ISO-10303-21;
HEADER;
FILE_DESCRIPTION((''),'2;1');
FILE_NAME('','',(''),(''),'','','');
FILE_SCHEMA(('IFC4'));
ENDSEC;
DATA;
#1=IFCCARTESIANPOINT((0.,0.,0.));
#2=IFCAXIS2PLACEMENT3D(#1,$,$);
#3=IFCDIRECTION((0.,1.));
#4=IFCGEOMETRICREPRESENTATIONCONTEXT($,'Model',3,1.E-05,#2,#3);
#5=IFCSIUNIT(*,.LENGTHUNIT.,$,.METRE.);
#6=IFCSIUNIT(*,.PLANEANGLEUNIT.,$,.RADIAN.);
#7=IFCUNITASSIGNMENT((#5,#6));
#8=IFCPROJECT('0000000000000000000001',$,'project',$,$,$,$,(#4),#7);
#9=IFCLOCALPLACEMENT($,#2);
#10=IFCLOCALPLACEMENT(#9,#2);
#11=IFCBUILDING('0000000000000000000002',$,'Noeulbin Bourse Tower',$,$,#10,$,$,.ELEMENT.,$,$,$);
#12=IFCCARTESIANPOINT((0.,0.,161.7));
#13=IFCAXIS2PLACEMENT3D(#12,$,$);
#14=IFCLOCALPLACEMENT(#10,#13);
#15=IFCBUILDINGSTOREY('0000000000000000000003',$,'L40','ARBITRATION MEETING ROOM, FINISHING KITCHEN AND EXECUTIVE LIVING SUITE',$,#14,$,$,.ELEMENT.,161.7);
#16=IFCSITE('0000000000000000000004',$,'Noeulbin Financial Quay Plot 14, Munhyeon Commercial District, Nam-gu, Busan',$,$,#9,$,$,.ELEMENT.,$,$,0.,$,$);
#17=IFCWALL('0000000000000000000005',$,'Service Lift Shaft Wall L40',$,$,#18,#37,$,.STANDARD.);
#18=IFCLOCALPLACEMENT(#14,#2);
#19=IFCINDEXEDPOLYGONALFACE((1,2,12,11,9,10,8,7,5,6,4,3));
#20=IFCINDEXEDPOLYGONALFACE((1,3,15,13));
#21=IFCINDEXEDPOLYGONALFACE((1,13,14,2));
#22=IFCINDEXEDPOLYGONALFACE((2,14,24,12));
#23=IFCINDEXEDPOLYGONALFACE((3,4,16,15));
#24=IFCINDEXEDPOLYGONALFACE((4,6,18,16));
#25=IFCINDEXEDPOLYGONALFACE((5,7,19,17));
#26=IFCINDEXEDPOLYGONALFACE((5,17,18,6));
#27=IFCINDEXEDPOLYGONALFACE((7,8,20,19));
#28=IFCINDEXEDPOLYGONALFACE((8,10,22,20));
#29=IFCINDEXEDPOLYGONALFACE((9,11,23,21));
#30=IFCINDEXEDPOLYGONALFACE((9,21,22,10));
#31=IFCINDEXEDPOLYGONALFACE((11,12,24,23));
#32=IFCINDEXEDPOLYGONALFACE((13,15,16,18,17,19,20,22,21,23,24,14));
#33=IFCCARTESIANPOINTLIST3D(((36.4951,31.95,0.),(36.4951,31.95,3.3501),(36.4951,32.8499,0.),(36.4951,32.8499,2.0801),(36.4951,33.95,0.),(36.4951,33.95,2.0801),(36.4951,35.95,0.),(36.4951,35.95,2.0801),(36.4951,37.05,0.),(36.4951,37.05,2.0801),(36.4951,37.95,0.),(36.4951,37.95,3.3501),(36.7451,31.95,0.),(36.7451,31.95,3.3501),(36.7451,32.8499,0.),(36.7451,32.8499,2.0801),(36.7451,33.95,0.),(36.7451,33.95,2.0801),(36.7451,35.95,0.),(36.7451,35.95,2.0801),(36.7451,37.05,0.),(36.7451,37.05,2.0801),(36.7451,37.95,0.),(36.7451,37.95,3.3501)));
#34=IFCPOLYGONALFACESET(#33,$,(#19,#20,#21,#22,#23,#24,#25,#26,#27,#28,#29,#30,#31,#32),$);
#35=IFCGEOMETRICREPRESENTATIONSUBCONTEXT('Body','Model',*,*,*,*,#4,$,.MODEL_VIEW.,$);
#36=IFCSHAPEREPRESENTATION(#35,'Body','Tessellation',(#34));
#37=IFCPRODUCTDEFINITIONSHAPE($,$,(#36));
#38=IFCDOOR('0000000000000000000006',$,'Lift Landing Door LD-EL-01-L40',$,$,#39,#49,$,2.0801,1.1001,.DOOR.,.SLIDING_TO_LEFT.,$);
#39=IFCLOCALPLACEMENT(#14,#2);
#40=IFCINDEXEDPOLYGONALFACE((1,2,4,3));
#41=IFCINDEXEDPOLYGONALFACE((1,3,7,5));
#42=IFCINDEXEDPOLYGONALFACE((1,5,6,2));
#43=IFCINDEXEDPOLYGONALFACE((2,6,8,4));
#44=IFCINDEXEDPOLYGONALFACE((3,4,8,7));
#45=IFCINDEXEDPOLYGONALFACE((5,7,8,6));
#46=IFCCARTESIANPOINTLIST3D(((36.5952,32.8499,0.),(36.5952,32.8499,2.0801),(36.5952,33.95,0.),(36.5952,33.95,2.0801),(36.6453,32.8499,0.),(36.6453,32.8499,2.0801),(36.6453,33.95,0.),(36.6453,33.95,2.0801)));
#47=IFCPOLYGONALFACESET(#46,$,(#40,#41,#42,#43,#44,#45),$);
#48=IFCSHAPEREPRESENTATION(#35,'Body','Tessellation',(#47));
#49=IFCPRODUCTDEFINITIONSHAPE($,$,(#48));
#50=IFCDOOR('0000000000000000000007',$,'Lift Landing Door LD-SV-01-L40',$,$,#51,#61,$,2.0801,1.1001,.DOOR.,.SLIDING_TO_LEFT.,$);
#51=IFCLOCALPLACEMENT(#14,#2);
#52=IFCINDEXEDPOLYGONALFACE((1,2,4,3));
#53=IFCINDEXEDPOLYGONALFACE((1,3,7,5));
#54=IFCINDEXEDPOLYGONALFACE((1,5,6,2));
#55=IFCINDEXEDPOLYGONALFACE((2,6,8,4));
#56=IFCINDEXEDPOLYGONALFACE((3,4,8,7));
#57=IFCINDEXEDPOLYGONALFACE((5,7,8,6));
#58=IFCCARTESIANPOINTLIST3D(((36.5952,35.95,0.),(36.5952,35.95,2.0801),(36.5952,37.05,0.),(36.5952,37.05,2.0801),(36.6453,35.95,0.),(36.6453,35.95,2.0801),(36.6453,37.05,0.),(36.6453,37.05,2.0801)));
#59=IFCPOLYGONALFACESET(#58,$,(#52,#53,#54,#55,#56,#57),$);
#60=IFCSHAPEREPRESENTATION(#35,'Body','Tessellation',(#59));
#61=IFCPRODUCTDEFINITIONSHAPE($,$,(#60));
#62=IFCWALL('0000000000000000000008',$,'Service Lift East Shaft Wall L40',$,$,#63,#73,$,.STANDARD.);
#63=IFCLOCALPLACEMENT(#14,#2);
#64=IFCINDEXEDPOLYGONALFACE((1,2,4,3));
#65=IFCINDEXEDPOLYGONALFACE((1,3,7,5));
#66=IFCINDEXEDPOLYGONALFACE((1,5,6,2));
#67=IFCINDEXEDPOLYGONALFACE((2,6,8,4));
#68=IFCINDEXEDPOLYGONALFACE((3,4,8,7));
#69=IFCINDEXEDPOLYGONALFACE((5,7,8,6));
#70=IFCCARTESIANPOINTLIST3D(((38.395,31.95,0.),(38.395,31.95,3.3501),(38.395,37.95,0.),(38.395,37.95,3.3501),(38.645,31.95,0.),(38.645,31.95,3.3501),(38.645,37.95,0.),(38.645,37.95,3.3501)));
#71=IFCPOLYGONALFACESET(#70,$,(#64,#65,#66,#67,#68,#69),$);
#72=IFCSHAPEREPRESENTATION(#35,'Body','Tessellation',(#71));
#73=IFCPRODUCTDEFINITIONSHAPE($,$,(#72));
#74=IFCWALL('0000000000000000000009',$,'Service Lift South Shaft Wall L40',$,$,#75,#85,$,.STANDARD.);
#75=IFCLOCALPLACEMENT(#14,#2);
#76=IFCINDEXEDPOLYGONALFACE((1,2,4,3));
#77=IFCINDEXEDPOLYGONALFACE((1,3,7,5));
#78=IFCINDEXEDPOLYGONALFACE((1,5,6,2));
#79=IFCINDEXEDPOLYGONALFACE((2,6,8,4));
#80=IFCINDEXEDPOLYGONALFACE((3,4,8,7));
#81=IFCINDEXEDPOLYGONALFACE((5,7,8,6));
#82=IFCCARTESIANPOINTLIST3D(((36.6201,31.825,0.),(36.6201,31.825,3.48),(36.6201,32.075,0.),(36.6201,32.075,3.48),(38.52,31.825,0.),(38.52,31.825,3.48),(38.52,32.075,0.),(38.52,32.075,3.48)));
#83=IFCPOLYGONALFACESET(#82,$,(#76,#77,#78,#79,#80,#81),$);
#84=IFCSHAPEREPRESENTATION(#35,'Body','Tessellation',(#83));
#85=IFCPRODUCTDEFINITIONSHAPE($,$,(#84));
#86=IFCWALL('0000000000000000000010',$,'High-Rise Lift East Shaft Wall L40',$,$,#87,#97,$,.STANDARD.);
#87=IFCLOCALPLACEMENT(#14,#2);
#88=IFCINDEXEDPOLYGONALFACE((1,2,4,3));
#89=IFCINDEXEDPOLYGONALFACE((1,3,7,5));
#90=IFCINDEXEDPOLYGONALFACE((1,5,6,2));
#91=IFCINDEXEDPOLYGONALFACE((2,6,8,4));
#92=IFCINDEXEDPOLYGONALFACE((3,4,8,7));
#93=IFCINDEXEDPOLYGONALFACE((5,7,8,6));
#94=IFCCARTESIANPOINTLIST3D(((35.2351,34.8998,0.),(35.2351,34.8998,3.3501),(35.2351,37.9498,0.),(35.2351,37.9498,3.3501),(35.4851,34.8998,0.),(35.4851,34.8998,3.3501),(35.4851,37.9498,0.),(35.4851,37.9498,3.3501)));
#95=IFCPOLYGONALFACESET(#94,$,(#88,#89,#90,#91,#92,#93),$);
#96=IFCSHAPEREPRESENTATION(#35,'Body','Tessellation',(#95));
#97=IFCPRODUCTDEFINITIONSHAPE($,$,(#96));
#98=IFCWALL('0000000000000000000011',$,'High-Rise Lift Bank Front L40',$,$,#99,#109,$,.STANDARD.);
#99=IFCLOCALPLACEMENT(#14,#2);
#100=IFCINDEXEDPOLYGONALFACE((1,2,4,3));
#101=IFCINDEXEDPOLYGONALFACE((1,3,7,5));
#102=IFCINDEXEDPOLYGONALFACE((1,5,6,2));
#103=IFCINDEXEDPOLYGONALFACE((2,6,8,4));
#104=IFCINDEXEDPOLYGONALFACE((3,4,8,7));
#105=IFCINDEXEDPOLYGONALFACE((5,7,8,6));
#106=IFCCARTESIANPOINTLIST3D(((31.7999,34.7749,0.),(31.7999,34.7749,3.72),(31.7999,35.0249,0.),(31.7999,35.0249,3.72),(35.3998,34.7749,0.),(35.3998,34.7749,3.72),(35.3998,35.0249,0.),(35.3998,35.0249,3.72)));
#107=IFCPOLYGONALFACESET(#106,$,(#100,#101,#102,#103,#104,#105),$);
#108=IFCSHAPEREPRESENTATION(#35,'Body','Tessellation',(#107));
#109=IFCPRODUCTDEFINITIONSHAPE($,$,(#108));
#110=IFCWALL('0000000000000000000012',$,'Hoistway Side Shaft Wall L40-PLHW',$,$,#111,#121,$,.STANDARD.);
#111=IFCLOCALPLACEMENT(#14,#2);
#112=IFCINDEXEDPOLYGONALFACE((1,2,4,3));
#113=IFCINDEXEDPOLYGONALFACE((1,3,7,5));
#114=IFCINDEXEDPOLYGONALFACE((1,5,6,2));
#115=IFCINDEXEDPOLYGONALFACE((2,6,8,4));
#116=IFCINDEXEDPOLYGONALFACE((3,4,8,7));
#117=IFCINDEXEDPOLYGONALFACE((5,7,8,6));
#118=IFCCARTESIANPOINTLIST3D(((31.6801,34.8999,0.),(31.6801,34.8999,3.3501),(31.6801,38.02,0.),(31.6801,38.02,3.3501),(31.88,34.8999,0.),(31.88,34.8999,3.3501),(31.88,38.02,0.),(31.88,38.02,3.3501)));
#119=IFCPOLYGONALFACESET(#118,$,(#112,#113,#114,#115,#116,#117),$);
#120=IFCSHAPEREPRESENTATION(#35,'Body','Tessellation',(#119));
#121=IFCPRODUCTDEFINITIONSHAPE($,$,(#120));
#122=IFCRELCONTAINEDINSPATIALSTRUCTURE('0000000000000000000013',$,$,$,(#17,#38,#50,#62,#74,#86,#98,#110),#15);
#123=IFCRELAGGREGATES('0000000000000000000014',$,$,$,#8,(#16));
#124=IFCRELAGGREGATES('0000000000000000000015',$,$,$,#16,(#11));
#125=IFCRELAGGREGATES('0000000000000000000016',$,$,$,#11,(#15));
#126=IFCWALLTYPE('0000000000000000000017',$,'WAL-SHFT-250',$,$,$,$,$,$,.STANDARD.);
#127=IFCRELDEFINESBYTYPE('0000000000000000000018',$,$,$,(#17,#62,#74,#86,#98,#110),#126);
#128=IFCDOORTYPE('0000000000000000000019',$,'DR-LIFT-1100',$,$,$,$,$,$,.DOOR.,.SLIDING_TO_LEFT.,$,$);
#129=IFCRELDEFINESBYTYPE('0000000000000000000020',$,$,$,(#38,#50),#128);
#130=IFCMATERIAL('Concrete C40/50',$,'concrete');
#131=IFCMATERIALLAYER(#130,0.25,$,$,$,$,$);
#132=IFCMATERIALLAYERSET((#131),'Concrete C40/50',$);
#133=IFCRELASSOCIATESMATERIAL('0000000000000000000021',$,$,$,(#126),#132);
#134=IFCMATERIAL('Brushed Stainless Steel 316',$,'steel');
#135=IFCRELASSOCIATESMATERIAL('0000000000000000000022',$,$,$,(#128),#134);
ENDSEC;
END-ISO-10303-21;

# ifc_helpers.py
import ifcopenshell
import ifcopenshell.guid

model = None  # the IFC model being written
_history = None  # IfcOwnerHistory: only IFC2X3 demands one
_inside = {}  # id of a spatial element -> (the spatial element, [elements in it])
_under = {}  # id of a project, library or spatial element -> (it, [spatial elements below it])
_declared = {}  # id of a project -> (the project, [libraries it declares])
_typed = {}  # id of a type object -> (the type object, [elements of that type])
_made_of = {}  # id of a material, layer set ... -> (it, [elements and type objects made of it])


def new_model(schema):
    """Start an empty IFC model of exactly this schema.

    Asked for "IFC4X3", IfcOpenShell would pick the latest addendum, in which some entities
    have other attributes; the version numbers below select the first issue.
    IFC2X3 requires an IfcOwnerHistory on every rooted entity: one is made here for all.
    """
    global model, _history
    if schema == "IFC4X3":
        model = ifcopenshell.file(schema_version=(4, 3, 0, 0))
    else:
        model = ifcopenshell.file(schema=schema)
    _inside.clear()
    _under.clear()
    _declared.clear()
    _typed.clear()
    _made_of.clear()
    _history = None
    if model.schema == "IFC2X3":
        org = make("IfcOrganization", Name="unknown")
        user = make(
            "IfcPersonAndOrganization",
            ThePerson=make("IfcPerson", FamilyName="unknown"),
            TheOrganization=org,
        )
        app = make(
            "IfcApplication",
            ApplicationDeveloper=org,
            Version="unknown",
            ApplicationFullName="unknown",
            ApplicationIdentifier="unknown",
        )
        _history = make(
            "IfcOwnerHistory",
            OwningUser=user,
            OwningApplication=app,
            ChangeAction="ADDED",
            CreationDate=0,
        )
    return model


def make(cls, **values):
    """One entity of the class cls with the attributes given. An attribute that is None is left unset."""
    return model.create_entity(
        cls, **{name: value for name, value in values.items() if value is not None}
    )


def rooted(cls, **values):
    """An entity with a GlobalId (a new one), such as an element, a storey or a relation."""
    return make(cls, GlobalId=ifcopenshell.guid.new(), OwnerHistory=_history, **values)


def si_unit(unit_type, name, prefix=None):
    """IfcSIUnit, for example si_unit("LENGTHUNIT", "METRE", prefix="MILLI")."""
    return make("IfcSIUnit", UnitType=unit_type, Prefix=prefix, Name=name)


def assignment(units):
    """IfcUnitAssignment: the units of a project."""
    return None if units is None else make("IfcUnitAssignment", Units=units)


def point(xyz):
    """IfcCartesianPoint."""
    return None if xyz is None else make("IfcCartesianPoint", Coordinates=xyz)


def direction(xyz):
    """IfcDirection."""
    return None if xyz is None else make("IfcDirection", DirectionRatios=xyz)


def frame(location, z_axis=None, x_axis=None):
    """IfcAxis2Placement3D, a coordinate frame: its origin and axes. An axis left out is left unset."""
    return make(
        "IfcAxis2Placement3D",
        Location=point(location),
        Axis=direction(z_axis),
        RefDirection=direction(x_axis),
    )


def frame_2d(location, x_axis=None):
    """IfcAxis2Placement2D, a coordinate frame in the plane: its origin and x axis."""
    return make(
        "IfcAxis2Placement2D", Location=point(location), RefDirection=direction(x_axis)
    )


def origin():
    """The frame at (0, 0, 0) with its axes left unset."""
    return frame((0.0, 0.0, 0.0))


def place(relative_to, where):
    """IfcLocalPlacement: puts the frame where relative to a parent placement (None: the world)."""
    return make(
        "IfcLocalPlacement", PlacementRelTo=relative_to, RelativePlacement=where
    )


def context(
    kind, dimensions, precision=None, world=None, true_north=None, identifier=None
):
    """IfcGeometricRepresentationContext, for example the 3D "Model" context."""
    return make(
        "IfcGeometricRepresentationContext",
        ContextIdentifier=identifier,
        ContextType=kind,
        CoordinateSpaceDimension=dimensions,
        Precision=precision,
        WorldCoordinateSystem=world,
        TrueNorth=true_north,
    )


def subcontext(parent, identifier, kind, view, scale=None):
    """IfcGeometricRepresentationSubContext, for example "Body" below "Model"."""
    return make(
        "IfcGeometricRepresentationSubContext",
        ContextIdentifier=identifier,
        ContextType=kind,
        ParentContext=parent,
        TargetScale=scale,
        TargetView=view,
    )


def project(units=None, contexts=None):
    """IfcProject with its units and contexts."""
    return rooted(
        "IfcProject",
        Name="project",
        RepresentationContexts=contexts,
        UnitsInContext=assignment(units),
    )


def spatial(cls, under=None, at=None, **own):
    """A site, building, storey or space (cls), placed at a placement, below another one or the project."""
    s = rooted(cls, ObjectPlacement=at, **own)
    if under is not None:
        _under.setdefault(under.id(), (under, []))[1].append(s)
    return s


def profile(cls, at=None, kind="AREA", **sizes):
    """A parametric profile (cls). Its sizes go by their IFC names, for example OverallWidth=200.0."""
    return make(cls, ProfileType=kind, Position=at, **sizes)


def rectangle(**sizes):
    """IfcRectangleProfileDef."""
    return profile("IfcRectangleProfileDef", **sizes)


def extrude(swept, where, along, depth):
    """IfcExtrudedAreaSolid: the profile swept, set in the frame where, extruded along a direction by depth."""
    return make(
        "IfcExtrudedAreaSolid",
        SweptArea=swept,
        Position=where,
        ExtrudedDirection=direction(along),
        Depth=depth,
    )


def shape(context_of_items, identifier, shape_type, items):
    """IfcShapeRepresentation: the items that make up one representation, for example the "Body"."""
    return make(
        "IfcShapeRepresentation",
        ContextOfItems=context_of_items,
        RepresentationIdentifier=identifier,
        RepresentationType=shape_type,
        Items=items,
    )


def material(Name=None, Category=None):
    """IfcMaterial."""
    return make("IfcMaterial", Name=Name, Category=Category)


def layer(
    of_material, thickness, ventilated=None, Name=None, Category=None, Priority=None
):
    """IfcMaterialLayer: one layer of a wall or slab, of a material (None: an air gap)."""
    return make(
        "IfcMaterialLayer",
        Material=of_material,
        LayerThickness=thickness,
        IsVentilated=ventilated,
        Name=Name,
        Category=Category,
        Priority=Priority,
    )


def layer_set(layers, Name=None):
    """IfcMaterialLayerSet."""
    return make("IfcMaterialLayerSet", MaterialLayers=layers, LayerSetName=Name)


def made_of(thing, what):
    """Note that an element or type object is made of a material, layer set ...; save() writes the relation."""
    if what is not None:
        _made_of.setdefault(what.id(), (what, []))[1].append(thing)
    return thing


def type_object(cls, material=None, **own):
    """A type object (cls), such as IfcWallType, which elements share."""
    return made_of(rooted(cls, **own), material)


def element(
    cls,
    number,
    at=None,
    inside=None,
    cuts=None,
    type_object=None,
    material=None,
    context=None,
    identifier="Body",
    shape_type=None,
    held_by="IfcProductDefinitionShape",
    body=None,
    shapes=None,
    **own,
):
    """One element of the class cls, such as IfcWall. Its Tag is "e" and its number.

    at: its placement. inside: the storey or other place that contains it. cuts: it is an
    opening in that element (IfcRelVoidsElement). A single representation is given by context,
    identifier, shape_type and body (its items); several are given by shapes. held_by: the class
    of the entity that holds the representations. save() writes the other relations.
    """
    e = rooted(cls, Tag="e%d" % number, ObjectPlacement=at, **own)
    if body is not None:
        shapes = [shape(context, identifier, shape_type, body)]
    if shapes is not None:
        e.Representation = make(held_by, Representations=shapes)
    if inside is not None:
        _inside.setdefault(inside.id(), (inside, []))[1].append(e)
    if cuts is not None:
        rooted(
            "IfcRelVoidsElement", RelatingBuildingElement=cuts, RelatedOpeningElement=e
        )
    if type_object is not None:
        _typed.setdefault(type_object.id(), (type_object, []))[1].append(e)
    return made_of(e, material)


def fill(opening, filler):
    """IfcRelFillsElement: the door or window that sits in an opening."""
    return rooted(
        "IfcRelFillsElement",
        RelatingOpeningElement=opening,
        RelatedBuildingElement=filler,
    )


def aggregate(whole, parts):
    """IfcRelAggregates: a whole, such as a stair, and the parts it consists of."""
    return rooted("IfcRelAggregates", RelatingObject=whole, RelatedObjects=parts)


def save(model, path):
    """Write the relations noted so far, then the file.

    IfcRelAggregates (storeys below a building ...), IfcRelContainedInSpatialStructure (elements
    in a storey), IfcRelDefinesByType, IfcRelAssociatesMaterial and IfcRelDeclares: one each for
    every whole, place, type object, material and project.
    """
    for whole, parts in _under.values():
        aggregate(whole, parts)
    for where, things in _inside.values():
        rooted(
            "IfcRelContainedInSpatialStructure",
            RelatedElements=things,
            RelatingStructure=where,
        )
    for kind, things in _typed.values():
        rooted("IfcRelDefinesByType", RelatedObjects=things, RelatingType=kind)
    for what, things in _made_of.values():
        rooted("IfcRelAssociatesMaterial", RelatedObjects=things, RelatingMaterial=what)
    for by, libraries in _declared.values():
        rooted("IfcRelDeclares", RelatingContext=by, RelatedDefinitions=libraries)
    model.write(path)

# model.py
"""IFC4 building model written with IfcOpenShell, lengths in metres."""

from ifc_helpers import new_model, si_unit, direction, frame, frame_2d, origin, place, context, subcontext, project, spatial, rectangle, extrude, material, layer, layer_set, type_object, element, fill, save


model = new_model("IFC4")

# Units and contexts
model_context = context("Model", 3, precision=1e-05, world=origin(), true_north=direction((0.0, 1.0)))
body_context = subcontext(model_context, "Body", "Model", "MODEL_VIEW")
ifc_project = project(units=[si_unit("LENGTHUNIT", "METRE"), si_unit("PLANEANGLEUNIT", "RADIAN")], contexts=[model_context])

# Site, building, storey
site_placement = place(None, origin())
site = spatial("IfcSite", under=ifc_project, at=site_placement, Name="Noeulbin Financial Quay Plot 14, Munhyeon Commercial District, Nam-gu, Busan", CompositionType="ELEMENT", RefElevation=0.0)
building_placement = place(site_placement, origin())
building = spatial("IfcBuilding", under=site, at=building_placement, Name="Noeulbin Bourse Tower", CompositionType="ELEMENT")
storey_placement = place(building_placement, frame((0.0, 0.0, 161.7)))
storey = spatial("IfcBuildingStorey", under=building, at=storey_placement, Name="L40", Description="ARBITRATION MEETING ROOM, FINISHING KITCHEN AND EXECUTIVE LIVING SUITE", CompositionType="ELEMENT", Elevation=161.7)

# Shared definitions
ifc_material_1 = material(Name="Concrete C40/50", Category="concrete")

# Shared definitions
ifc_layer_1 = layer(ifc_material_1, 0.25)
ifc_layer_set_1 = layer_set([ifc_layer_1], Name="Concrete C40/50")
wall_type_1 = type_object("IfcWallType", Name="WAL-SHFT-250", PredefinedType="STANDARD", material=ifc_layer_set_1)

# Wall, openings, doors
wall_1_placement = place(storey_placement, frame((36.6201, 31.95, 0.0), z_axis=(0.0, 0.0, 1.0), x_axis=(0.0, 1.0, 0.0)))
wall_1 = element("IfcWall", 1, at=wall_1_placement, inside=storey, type_object=wall_type_1, Name="Service Lift Shaft Wall L40", PredefinedType="STANDARD", context=body_context, shape_type="SweptSolid", body=[
    extrude(rectangle(XDim=6.0, YDim=0.25, at=frame_2d((3.0, 0.0))), origin(), (0.0, 0.0, 1.0), 3.3501),
])
opening_1_placement = place(wall_1_placement, frame((0.8999, 0.0, 0.0)))
opening_1 = element("IfcOpeningElement", 2, at=opening_1_placement, cuts=wall_1, PredefinedType="OPENING", context=body_context, shape_type="SweptSolid", body=[
    extrude(rectangle(XDim=1.1001, YDim=2.0801, at=frame_2d((0.55, 1.04))), frame((0.0, 0.135, 0.0), z_axis=(0.0, -1.0, 0.0), x_axis=(1.0, 0.0, 0.0)), (0.0, 0.0, 1.0), 0.27),
])
opening_2_placement = place(wall_1_placement, frame((4.0, 0.0, 0.0)))
opening_2 = element("IfcOpeningElement", 3, at=opening_2_placement, cuts=wall_1, PredefinedType="OPENING", context=body_context, shape_type="SweptSolid", body=[
    extrude(rectangle(XDim=1.1001, YDim=2.0801, at=frame_2d((0.55, 1.04))), frame((0.0, 0.135, 0.0), z_axis=(0.0, -1.0, 0.0), x_axis=(1.0, 0.0, 0.0)), (0.0, 0.0, 1.0), 0.27),
])
ifc_material_2 = material(Name="Brushed Stainless Steel 316", Category="steel")
door_type_1 = type_object("IfcDoorType", Name="DR-LIFT-1100", OperationType="SLIDING_TO_LEFT", PredefinedType="DOOR", material=ifc_material_2)
door_1_placement = place(opening_1_placement, origin())
door_1 = element("IfcDoor", 4, at=door_1_placement, inside=storey, type_object=door_type_1, Name="Lift Landing Door LD-EL-01-L40", OperationType="SLIDING_TO_LEFT", OverallHeight=2.0801, OverallWidth=1.1001, PredefinedType="DOOR", context=body_context, shape_type="SweptSolid", body=[
    extrude(rectangle(XDim=1.1001, YDim=2.0801, at=frame_2d((0.55, 1.04))), frame((0.0, 0.0249, 0.0), z_axis=(0.0, -1.0, 0.0), x_axis=(1.0, 0.0, 0.0)), (0.0, 0.0, 1.0), 0.05),
])
fill(opening_1, door_1)
door_2_placement = place(opening_2_placement, origin())
door_2 = element("IfcDoor", 5, at=door_2_placement, inside=storey, type_object=door_type_1, Name="Lift Landing Door LD-SV-01-L40", OperationType="SLIDING_TO_LEFT", OverallHeight=2.0801, OverallWidth=1.1001, PredefinedType="DOOR", context=body_context, shape_type="SweptSolid", body=[
    extrude(rectangle(XDim=1.1001, YDim=2.0801, at=frame_2d((0.55, 1.04))), frame((0.0, 0.0249, 0.0), z_axis=(0.0, -1.0, 0.0), x_axis=(1.0, 0.0, 0.0)), (0.0, 0.0, 1.0), 0.05),
])
fill(opening_2, door_2)

# Walls
wall_2_placement = place(storey_placement, frame((38.52, 31.95, 0.0), z_axis=(0.0, 0.0, 1.0), x_axis=(0.0, 1.0, 0.0)))
element("IfcWall", 6, at=wall_2_placement, inside=storey, type_object=wall_type_1, Name="Service Lift East Shaft Wall L40", PredefinedType="STANDARD", context=body_context, shape_type="SweptSolid", body=[
    extrude(rectangle(XDim=6.0, YDim=0.25, at=frame_2d((3.0, 0.0))), origin(), (0.0, 0.0, 1.0), 3.3501),
])
wall_3_placement = place(storey_placement, frame((36.6201, 31.95, 0.0), z_axis=(0.0, 0.0, 1.0), x_axis=(1.0, 0.0, 0.0)))
element("IfcWall", 7, at=wall_3_placement, inside=storey, type_object=wall_type_1, Name="Service Lift South Shaft Wall L40", PredefinedType="STANDARD", context=body_context, shape_type="SweptSolid", body=[
    extrude(rectangle(XDim=1.8999, YDim=0.25, at=frame_2d((0.95, 0.0))), origin(), (0.0, 0.0, 1.0), 3.48),
])
wall_4_placement = place(storey_placement, frame((35.3601, 34.8999, 0.0), z_axis=(0.0, 0.0, 1.0), x_axis=(0.0, 1.0, 0.0)))
element("IfcWall", 8, at=wall_4_placement, inside=storey, type_object=wall_type_1, Name="High-Rise Lift East Shaft Wall L40", PredefinedType="STANDARD", context=body_context, shape_type="SweptSolid", body=[
    extrude(rectangle(XDim=3.05, YDim=0.25, at=frame_2d((1.5249, 0.0))), origin(), (0.0, 0.0, 1.0), 3.3501),
])
wall_5_placement = place(storey_placement, frame((31.8, 34.8999, 0.0), z_axis=(0.0, 0.0, 1.0), x_axis=(1.0, 0.0, 0.0)))
element("IfcWall", 9, at=wall_5_placement, inside=storey, type_object=wall_type_1, Name="High-Rise Lift Bank Front L40", PredefinedType="STANDARD", context=body_context, shape_type="SweptSolid", body=[
    extrude(rectangle(XDim=3.5999, YDim=0.25, at=frame_2d((1.7998, 0.0))), origin(), (0.0, 0.0, 1.0), 3.72),
])
wall_6_placement = place(storey_placement, frame((31.78, 34.8999, 0.0), z_axis=(0.0, 0.0, 1.0), x_axis=(0.0, 1.0, 0.0)))
element("IfcWall", 10, at=wall_6_placement, inside=storey, type_object=wall_type_1, Name="Hoistway Side Shaft Wall L40-PLHW", PredefinedType="STANDARD", context=body_context, shape_type="SweptSolid", body=[
    extrude(rectangle(XDim=3.1201, YDim=0.2, at=frame_2d((1.5601, 0.0))), origin(), (0.0, 0.0, 1.0), 3.3501),
])

save(model, "model.ifc")
